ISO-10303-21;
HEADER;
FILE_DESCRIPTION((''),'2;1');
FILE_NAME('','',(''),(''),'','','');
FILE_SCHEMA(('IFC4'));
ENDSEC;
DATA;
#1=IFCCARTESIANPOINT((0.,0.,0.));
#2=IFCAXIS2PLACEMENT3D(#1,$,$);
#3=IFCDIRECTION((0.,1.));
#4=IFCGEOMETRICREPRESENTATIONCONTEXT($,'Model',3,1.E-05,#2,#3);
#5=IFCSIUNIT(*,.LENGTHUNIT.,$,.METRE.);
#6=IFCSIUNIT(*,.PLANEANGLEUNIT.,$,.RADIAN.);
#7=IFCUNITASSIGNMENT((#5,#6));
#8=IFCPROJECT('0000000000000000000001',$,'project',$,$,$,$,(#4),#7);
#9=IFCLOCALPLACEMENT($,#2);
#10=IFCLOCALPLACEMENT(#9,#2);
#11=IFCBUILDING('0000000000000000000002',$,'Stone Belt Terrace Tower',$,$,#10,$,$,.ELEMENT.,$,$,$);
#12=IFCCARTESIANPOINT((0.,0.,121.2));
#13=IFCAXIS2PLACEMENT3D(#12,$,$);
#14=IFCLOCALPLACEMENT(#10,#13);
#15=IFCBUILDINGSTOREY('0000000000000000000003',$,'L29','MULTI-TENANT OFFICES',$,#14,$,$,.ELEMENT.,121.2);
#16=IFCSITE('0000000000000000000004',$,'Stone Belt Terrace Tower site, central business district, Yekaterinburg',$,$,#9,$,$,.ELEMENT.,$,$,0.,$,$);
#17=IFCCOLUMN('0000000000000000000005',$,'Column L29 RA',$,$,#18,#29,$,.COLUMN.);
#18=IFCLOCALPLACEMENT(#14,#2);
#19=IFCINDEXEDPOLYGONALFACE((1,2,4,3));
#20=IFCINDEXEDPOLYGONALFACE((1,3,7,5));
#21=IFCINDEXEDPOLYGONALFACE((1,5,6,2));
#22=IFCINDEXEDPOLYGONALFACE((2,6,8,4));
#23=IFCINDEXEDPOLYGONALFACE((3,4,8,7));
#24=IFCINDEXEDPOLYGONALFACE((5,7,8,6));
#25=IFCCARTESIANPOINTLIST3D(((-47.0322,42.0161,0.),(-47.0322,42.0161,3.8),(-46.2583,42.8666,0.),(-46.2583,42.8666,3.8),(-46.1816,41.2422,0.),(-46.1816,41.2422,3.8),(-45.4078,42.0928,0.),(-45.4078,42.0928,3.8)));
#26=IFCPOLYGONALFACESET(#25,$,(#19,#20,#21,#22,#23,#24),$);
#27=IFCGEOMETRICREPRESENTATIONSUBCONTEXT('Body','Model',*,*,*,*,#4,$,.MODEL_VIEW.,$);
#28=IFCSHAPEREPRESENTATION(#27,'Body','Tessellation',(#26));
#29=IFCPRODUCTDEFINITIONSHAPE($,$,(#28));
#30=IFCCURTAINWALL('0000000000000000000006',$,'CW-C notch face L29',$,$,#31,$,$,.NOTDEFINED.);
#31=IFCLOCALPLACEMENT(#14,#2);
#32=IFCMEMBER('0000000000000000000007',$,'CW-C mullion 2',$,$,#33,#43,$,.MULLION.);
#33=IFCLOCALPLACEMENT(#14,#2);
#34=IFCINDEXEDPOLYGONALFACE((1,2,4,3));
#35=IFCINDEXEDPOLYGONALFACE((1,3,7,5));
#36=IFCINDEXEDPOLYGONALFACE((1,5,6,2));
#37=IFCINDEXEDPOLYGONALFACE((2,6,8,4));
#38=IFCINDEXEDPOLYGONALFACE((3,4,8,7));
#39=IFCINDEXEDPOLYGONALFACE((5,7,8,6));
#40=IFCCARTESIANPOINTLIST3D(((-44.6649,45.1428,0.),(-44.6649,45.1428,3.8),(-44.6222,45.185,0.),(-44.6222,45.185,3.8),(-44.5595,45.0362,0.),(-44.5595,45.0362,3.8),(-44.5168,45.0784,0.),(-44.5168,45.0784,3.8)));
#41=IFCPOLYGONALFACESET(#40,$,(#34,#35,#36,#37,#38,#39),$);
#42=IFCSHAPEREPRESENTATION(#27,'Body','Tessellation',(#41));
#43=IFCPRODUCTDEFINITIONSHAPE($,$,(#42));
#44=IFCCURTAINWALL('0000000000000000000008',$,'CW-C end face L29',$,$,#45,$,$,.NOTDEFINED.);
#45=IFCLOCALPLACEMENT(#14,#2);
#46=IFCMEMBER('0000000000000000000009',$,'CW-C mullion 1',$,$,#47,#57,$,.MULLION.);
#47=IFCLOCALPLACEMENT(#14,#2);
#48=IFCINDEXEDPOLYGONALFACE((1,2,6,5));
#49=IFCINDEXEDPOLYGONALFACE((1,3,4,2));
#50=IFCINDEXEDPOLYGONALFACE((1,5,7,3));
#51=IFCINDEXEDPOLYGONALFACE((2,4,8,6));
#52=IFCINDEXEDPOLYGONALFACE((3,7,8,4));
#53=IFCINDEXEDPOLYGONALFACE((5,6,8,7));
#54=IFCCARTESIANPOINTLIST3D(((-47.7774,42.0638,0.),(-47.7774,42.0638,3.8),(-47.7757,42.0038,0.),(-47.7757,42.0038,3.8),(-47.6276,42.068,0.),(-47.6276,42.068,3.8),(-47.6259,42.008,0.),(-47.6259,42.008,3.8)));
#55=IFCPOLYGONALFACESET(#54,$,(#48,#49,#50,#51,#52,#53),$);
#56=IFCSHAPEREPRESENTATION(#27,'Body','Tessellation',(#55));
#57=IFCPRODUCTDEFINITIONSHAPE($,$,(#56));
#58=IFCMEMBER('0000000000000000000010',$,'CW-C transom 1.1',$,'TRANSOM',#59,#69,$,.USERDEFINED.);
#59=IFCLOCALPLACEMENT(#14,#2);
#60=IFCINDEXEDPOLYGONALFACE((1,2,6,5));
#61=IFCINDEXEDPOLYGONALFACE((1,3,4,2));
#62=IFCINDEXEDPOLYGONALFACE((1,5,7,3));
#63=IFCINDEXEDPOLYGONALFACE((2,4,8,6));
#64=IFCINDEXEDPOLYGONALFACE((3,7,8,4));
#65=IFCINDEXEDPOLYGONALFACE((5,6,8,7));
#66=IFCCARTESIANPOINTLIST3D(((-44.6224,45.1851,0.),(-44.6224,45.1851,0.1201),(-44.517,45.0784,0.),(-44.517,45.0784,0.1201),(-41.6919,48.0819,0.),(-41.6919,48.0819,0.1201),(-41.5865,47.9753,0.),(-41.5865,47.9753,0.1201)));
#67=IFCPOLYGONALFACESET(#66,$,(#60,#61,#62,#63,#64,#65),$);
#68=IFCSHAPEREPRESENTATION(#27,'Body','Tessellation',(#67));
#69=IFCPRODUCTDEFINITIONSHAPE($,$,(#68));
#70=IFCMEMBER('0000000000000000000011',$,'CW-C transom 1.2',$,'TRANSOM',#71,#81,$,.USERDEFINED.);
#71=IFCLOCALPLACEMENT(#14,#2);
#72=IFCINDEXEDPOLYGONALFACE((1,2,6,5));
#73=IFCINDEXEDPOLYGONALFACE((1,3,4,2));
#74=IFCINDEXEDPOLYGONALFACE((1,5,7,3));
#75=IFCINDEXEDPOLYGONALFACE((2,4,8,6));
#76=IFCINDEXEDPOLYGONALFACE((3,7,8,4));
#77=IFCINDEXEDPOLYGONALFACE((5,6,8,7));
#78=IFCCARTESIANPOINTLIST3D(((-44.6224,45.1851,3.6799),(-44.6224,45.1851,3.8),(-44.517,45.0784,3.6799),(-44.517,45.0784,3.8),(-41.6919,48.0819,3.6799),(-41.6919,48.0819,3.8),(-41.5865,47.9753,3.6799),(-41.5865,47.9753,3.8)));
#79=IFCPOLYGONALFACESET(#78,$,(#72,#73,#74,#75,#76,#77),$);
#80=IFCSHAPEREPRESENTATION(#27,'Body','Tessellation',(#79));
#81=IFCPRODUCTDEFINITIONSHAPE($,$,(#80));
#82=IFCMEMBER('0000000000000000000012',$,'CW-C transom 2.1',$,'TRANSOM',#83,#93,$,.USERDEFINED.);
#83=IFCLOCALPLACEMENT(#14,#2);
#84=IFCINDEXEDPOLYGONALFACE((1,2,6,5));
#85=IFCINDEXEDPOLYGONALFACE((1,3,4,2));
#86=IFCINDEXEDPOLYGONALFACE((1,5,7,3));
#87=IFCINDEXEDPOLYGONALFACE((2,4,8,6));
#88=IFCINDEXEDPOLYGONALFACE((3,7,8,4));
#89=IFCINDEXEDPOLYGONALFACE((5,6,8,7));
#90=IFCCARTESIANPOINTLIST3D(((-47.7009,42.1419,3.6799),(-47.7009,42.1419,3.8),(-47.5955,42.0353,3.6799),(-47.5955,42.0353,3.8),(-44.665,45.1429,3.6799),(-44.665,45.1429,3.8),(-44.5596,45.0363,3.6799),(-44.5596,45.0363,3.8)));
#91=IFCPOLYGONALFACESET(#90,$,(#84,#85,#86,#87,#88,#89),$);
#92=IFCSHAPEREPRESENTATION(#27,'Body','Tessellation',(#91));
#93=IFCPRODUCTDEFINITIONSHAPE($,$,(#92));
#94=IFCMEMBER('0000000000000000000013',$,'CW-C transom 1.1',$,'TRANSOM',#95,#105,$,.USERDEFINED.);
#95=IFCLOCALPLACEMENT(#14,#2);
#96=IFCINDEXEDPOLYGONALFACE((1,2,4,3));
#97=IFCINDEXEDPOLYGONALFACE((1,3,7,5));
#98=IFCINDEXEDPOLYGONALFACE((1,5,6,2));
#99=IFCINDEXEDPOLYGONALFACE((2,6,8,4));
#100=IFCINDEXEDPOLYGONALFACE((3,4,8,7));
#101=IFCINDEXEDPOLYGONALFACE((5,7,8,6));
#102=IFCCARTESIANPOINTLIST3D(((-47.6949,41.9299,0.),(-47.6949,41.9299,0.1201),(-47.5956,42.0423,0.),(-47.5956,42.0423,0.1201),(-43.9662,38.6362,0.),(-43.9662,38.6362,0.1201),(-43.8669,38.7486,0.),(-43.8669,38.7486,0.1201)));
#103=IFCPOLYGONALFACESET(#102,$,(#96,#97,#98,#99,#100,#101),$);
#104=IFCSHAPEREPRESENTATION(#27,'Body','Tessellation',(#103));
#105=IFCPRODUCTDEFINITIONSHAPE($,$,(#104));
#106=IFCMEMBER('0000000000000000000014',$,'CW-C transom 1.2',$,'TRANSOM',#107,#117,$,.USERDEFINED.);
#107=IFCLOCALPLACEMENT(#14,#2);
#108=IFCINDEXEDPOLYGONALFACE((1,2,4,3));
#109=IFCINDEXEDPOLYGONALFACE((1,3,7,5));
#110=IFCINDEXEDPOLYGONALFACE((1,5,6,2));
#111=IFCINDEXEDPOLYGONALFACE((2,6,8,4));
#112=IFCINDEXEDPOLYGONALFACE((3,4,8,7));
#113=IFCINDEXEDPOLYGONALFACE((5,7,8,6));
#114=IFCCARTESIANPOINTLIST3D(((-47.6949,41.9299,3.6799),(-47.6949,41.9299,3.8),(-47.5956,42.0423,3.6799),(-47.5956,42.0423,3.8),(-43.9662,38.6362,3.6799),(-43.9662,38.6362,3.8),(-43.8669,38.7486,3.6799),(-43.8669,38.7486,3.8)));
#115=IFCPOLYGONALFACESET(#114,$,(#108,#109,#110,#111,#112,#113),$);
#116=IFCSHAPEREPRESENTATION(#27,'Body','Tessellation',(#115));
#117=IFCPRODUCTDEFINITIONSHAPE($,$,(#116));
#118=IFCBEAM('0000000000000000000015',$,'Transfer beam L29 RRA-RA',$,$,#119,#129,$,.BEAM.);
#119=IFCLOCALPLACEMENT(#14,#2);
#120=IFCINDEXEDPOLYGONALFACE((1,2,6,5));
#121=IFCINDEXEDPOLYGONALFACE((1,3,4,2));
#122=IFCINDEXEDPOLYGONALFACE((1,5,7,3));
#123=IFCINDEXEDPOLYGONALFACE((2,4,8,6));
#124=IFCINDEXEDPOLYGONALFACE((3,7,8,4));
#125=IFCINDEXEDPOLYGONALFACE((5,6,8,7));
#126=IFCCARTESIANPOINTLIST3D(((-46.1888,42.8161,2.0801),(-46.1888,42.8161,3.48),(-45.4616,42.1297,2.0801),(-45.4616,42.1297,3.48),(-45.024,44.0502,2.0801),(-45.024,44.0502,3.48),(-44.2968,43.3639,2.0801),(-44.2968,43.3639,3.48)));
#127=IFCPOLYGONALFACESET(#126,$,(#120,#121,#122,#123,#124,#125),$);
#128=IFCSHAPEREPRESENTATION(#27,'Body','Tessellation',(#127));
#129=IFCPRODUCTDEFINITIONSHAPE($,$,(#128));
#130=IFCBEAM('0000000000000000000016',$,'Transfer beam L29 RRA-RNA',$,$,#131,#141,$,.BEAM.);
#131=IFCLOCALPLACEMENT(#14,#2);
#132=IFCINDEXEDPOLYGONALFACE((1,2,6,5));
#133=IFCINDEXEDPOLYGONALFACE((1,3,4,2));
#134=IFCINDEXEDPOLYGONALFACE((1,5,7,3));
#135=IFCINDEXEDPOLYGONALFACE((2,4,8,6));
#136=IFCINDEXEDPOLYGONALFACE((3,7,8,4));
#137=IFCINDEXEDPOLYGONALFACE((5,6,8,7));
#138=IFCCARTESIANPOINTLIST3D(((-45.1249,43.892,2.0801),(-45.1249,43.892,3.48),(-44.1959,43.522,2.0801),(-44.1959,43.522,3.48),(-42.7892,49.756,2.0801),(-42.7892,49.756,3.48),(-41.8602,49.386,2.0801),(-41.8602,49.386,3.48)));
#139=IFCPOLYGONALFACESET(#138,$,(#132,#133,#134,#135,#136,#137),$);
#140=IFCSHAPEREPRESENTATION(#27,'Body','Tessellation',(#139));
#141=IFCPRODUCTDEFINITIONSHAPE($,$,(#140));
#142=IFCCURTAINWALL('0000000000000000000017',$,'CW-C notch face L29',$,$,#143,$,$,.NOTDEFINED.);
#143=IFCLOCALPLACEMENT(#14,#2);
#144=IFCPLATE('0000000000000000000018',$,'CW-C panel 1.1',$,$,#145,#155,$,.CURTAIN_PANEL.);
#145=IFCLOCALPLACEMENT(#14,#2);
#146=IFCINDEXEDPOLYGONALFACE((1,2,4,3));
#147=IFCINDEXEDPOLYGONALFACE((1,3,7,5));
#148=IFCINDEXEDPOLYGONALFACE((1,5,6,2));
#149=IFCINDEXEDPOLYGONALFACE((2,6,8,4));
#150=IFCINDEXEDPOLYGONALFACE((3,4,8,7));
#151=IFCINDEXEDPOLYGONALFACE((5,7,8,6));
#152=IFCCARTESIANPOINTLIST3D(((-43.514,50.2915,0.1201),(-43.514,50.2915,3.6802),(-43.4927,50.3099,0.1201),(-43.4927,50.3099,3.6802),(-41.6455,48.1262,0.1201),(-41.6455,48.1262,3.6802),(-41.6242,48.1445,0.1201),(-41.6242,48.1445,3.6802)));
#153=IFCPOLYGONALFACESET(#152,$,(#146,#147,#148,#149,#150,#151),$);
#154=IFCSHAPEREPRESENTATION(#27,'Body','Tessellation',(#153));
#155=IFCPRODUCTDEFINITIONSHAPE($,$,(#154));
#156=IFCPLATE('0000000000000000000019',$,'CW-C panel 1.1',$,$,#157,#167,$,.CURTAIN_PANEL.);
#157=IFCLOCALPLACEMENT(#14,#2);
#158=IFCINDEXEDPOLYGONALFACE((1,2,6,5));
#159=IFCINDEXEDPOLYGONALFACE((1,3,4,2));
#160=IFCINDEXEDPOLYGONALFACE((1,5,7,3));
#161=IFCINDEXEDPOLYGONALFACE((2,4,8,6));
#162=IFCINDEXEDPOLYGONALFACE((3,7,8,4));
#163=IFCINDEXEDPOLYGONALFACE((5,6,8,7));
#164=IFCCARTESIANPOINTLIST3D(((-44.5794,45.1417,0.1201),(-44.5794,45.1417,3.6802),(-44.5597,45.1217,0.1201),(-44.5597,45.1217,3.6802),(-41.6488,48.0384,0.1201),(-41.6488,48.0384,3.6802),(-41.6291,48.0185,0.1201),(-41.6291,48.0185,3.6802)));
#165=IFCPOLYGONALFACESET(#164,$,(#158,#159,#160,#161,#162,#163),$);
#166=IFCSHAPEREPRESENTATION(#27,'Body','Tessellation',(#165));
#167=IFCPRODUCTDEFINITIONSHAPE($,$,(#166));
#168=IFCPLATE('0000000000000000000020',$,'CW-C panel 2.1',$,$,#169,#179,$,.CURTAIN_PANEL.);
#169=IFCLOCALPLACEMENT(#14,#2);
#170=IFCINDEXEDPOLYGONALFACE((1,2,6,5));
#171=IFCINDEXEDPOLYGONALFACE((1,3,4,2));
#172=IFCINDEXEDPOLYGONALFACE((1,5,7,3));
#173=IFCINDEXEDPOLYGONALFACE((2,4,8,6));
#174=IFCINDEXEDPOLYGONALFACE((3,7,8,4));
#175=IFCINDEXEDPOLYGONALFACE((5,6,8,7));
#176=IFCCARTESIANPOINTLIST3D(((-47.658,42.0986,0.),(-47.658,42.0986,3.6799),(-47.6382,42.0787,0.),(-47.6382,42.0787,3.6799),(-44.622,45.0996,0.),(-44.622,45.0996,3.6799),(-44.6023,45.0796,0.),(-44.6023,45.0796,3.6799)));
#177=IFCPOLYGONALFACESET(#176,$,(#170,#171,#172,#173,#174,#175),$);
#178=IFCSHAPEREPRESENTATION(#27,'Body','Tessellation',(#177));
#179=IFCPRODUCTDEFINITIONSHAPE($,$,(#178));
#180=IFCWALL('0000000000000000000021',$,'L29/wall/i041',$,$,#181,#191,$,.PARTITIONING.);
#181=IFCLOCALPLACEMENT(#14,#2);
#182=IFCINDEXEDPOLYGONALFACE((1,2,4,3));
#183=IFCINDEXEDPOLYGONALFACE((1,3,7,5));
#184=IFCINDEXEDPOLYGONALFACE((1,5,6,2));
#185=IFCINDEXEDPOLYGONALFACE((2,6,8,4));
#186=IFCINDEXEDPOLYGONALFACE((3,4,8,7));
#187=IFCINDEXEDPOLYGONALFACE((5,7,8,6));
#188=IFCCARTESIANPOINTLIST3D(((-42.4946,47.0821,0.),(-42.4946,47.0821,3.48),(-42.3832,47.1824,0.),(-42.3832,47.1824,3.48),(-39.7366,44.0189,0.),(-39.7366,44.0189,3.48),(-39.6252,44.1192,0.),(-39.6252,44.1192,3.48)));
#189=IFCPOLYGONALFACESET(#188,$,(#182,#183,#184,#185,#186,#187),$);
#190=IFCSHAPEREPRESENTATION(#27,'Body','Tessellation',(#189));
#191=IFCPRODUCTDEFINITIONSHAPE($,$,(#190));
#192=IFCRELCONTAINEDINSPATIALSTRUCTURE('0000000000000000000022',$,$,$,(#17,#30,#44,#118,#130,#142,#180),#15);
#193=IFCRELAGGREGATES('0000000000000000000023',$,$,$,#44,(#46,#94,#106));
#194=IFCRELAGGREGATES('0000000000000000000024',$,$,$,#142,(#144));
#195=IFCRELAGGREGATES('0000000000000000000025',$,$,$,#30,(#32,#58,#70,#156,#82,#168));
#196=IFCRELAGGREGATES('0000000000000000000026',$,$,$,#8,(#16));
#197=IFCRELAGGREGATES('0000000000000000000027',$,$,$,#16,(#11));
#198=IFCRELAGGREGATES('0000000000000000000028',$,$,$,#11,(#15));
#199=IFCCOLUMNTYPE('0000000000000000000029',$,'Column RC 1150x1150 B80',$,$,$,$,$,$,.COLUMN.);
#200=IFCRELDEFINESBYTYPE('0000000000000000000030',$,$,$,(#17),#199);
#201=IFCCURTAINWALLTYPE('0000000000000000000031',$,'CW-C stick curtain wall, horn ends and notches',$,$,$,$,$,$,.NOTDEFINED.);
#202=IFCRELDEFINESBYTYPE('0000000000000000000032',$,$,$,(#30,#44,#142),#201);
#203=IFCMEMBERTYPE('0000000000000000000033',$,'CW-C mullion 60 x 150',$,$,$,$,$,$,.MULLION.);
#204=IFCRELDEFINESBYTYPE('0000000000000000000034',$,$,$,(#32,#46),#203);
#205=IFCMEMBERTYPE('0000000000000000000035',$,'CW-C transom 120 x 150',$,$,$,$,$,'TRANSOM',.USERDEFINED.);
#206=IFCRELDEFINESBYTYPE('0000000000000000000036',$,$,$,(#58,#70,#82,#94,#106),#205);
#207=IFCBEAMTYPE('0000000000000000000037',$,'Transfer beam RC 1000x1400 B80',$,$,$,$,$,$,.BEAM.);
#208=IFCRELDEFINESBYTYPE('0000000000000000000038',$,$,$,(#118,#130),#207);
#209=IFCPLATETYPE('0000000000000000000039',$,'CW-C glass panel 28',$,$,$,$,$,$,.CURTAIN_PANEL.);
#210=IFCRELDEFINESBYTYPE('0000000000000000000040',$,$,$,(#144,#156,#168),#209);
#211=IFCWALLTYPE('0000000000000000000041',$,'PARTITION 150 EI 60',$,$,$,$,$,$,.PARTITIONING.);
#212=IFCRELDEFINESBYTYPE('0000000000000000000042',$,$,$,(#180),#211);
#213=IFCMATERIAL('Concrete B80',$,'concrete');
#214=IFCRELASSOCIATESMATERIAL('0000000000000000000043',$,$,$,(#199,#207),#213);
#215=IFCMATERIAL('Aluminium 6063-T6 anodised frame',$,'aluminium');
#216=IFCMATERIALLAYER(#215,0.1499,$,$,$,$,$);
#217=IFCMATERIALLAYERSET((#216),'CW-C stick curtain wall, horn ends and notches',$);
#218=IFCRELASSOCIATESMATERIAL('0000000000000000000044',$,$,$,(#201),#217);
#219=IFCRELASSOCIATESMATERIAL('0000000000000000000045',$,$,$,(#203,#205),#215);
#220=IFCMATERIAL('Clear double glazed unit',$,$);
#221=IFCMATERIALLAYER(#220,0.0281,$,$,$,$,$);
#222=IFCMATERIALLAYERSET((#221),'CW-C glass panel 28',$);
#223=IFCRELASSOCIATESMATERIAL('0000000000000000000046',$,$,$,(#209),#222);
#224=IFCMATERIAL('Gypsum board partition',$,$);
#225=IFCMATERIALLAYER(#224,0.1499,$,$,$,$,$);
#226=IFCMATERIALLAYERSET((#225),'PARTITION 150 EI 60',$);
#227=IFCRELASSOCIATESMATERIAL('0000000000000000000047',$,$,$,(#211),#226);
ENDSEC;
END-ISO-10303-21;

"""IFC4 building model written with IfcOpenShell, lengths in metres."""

from ifc_helpers import new_model, si_unit, direction, frame, frame_2d, origin, origin_2d, place, context, subcontext, project, spatial, rectangle, extrude, material, layer, layer_set, material_profile, profile_set, type_object, element, aggregate, save


model = new_model("IFC4")

# Units and contexts
model_context = context("Model", 3, precision=1e-05, world=origin(), true_north=direction((0.0, 1.0)))
body_context = subcontext(model_context, "Body", "Model", "MODEL_VIEW")
ifc_project = project(units=[si_unit("LENGTHUNIT", "METRE"), si_unit("PLANEANGLEUNIT", "RADIAN")], contexts=[model_context])

# Site, building, storey
site_placement = place(None, origin())
site = spatial("IfcSite", under=ifc_project, at=site_placement, Name="Stone Belt Terrace Tower site, central business district, Yekaterinburg", CompositionType="ELEMENT", RefElevation=0.0)
building_placement = place(site_placement, origin())
building = spatial("IfcBuilding", under=site, at=building_placement, Name="Stone Belt Terrace Tower", CompositionType="ELEMENT")
storey_placement = place(building_placement, frame((0.0, 0.0, 121.2)))
storey = spatial("IfcBuildingStorey", under=building, at=storey_placement, Name="L29", Description="MULTI-TENANT OFFICES", CompositionType="ELEMENT", Elevation=121.2)

# Column
ifc_material_1 = material(Name="Concrete B80", Category="concrete")
ifc_material_profile_1 = material_profile(ifc_material_1, rectangle(XDim=1.1499, YDim=1.1499, at=origin_2d()), Name="RC 1150x1150")
ifc_profile_set_1 = profile_set([ifc_material_profile_1], Name="Concrete B80")
column_type = type_object("IfcColumnType", Name="Column RC 1150x1150 B80", PredefinedType="COLUMN", material=ifc_profile_set_1)
column_placement = place(storey_placement, frame((-46.22, 42.0544, 0.0), z_axis=(0.0, 0.0, 1.0), x_axis=(0.672992, 0.73965, 0.0)))
element("IfcColumn", 1, at=column_placement, inside=storey, type_object=column_type, Name="Column L29 RA", PredefinedType="COLUMN", context=body_context, shape_type="SweptSolid", body=[
    extrude(rectangle(XDim=1.1499, YDim=1.1499, at=origin_2d()), origin(), (0.0, 0.0, 1.0), 3.8),
])

# Curtain walls, members
ifc_material_2 = material(Name="Aluminium 6063-T6 anodised frame", Category="aluminium")
ifc_layer_1 = layer(ifc_material_2, 0.1499)
ifc_layer_set_1 = layer_set([ifc_layer_1], Name="CW-C stick curtain wall, horn ends and notches")
curtain_wall_type = type_object("IfcCurtainWallType", Name="CW-C stick curtain wall, horn ends and notches", PredefinedType="NOTDEFINED", material=ifc_layer_set_1)
curtain_wall_1_placement = place(storey_placement, origin())
curtain_wall_1 = element("IfcCurtainWall", 2, at=curtain_wall_1_placement, inside=storey, type_object=curtain_wall_type, Name="CW-C notch face L29", PredefinedType="NOTDEFINED")
ifc_material_profile_2 = material_profile(ifc_material_2, rectangle(XDim=0.1499, YDim=0.0601, at=origin_2d()), Name="Aluminium 6063-T6 60x150")
ifc_profile_set_2 = profile_set([ifc_material_profile_2], Name="Aluminium 6063-T6 anodised frame")
member_type_1 = type_object("IfcMemberType", Name="CW-C mullion 60 x 150", PredefinedType="MULLION", material=ifc_profile_set_2)
member_1_placement = place(storey_placement, frame((-44.5908, 45.1106, 0.0), z_axis=(0.0, 0.0, 1.0), x_axis=(0.702998, -0.711192, 0.0)))
member_1 = element("IfcMember", 3, at=member_1_placement, type_object=member_type_1, Name="CW-C mullion 2", PredefinedType="MULLION", context=body_context, shape_type="SweptSolid", body=[
    extrude(rectangle(XDim=0.1499, YDim=0.0601, at=origin_2d()), origin(), (0.0, 0.0, 1.0), 3.8),
])
curtain_wall_2_placement = place(storey_placement, origin())
curtain_wall_2 = element("IfcCurtainWall", 4, at=curtain_wall_2_placement, inside=storey, type_object=curtain_wall_type, Name="CW-C end face L29", PredefinedType="NOTDEFINED")
member_2_placement = place(storey_placement, frame((-47.7017, 42.0359, 0.0), z_axis=(0.0, 0.0, 1.0), x_axis=(0.999607, 0.028036, 0.0)))
member_2 = element("IfcMember", 5, at=member_2_placement, type_object=member_type_1, Name="CW-C mullion 1", PredefinedType="MULLION", context=body_context, shape_type="SweptSolid", body=[
    extrude(rectangle(XDim=0.1499, YDim=0.0601, at=origin_2d()), origin(), (0.0, 0.0, 1.0), 3.8),
])

# Members
ifc_material_profile_3 = material_profile(ifc_material_2, rectangle(XDim=0.1499, YDim=0.1201, at=origin_2d()), Name="Aluminium 6063-T6 150x120")
ifc_profile_set_3 = profile_set([ifc_material_profile_3], Name="Aluminium 6063-T6 anodised frame")
member_type_2 = type_object("IfcMemberType", Name="CW-C transom 120 x 150", ElementType="TRANSOM", PredefinedType="USERDEFINED", material=ifc_profile_set_3)
member_3_placement = place(storey_placement, frame((-41.6392, 48.0286, 0.0601), z_axis=(-0.711183, -0.703007, 0.0), x_axis=(0.703007, -0.711183, 0.0)))
member_3 = element("IfcMember", 6, at=member_3_placement, type_object=member_type_2, Name="CW-C transom 1.1", ObjectType="TRANSOM", PredefinedType="USERDEFINED", context=body_context, shape_type="SweptSolid", body=[
    extrude(rectangle(XDim=0.1499, YDim=0.1201, at=origin_2d()), origin(), (0.0, 0.0, 1.0), 4.1206),
])
member_4_placement = place(storey_placement, frame((-41.6392, 48.0286, 3.74), z_axis=(-0.711183, -0.703007, 0.0), x_axis=(0.703007, -0.711183, 0.0)))
member_4 = element("IfcMember", 7, at=member_4_placement, type_object=member_type_2, Name="CW-C transom 1.2", ObjectType="TRANSOM", PredefinedType="USERDEFINED", context=body_context, shape_type="SweptSolid", body=[
    extrude(rectangle(XDim=0.1499, YDim=0.1201, at=origin_2d()), origin(), (0.0, 0.0, 1.0), 4.1206),
])
member_5_placement = place(storey_placement, frame((-44.6123, 45.0896, 3.74), z_axis=(-0.711184, -0.703006, 0.0), x_axis=(0.703006, -0.711184, 0.0)))
member_5 = element("IfcMember", 8, at=member_5_placement, type_object=member_type_2, Name="CW-C transom 2.1", ObjectType="TRANSOM", PredefinedType="USERDEFINED", context=body_context, shape_type="SweptSolid", body=[
    extrude(rectangle(XDim=0.1499, YDim=0.1201, at=origin_2d()), origin(), (0.0, 0.0, 1.0), 4.2688),
])
member_6_placement = place(storey_placement, frame((-47.6453, 41.9861, 0.0601), z_axis=(0.749477, -0.662031, 0.0), x_axis=(0.662031, 0.749477, 0.0)))
member_6 = element("IfcMember", 9, at=member_6_placement, type_object=member_type_2, Name="CW-C transom 1.1", ObjectType="TRANSOM", PredefinedType="USERDEFINED", context=body_context, shape_type="SweptSolid", body=[
    extrude(rectangle(XDim=0.1499, YDim=0.1201, at=origin_2d()), origin(), (0.0, 0.0, 1.0), 4.9751),
])
member_7_placement = place(storey_placement, frame((-47.6453, 41.9861, 3.74), z_axis=(0.749477, -0.662031, 0.0), x_axis=(0.662031, 0.749477, 0.0)))
member_7 = element("IfcMember", 10, at=member_7_placement, type_object=member_type_2, Name="CW-C transom 1.2", ObjectType="TRANSOM", PredefinedType="USERDEFINED", context=body_context, shape_type="SweptSolid", body=[
    extrude(rectangle(XDim=0.1499, YDim=0.1201, at=origin_2d()), origin(), (0.0, 0.0, 1.0), 4.9751),
])
aggregate(curtain_wall_2, [member_2, member_6, member_7])

# Beams
ifc_material_profile_4 = material_profile(ifc_material_1, rectangle(XDim=1.0, YDim=1.3999, at=origin_2d()), Name="RC 1000x1400")
ifc_profile_set_4 = profile_set([ifc_material_profile_4], Name="Concrete B80")
beam_type = type_object("IfcBeamType", Name="Transfer beam RC 1000x1400 B80", PredefinedType="BEAM", material=ifc_profile_set_4)
beam_1_placement = place(storey_placement, frame((-45.8252, 42.4729, 2.78), z_axis=(0.686383, 0.727241, 0.0), x_axis=(-0.727241, 0.686383, 0.0)))
element("IfcBeam", 11, at=beam_1_placement, inside=storey, type_object=beam_type, Name="Transfer beam L29 RRA-RA", PredefinedType="BEAM", context=body_context, shape_type="SweptSolid", body=[
    extrude(rectangle(XDim=1.0, YDim=1.3999, at=origin_2d()), origin(), (0.0, 0.0, 1.0), 1.697),
])
beam_2_placement = place(storey_placement, frame((-44.6604, 43.707, 2.78), z_axis=(0.370037, 0.929017, 0.0), x_axis=(-0.929017, 0.370037, 0.0)))
element("IfcBeam", 12, at=beam_2_placement, inside=storey, type_object=beam_type, Name="Transfer beam L29 RRA-RNA", PredefinedType="BEAM", context=body_context, shape_type="SweptSolid", body=[
    extrude(rectangle(XDim=1.0, YDim=1.3999, at=origin_2d()), origin(), (0.0, 0.0, 1.0), 6.312),
])

# Curtain wall, plate
curtain_wall_3_placement = place(storey_placement, origin())
curtain_wall_3 = element("IfcCurtainWall", 13, at=curtain_wall_3_placement, inside=storey, type_object=curtain_wall_type, Name="CW-C notch face L29", PredefinedType="NOTDEFINED")
ifc_material_3 = material(Name="Clear double glazed unit")
ifc_layer_2 = layer(ifc_material_3, 0.0281)
ifc_layer_set_2 = layer_set([ifc_layer_2], Name="CW-C glass panel 28")
plate_type = type_object("IfcPlateType", Name="CW-C glass panel 28", PredefinedType="CURTAIN_PANEL", material=ifc_layer_set_2)
plate_1_placement = place(storey_placement, frame((-42.5691, 49.218, 0.1201), z_axis=(0.0, 0.0, 1.0), x_axis=(0.6533, -0.7571, 0.0)))
plate_1 = element("IfcPlate", 14, at=plate_1_placement, type_object=plate_type, Name="CW-C panel 1.1", PredefinedType="CURTAIN_PANEL", context=body_context, shape_type="SweptSolid", body=[
    extrude(rectangle(XDim=2.8601, YDim=0.0281, at=origin_2d()), origin(), (0.0, 0.0, 1.0), 3.5601),
])
aggregate(curtain_wall_3, [plate_1])

# Plates
plate_2_placement = place(storey_placement, frame((-43.1042, 46.5801, 0.1201), z_axis=(0.0, 0.0, 1.0), x_axis=(-0.711192, -0.702998, 0.0)))
plate_2 = element("IfcPlate", 15, at=plate_2_placement, type_object=plate_type, Name="CW-C panel 1.1", PredefinedType="CURTAIN_PANEL", context=body_context, shape_type="SweptSolid", body=[
    extrude(rectangle(XDim=4.1206, YDim=0.0281, at=origin_2d()), origin(), (0.0, 0.0, 1.0), 3.5601),
])
plate_3_placement = place(storey_placement, frame((-46.1301, 43.5891, 0.0), z_axis=(0.0, 0.0, 1.0), x_axis=(-0.711192, -0.702998, 0.0)))
plate_3 = element("IfcPlate", 16, at=plate_3_placement, type_object=plate_type, Name="CW-C panel 2.1", PredefinedType="CURTAIN_PANEL", context=body_context, shape_type="SweptSolid", body=[
    extrude(rectangle(XDim=4.2688, YDim=0.0281, at=origin_2d()), origin(), (0.0, 0.0, 1.0), 3.6799),
])
aggregate(curtain_wall_1, [member_1, member_3, member_4, plate_2, member_5, plate_3])

# Wall
ifc_material_4 = material(Name="Gypsum board partition")
ifc_layer_3 = layer(ifc_material_4, 0.1499)
ifc_layer_set_3 = layer_set([ifc_layer_3], Name="PARTITION 150 EI 60")
wall_type = type_object("IfcWallType", Name="PARTITION 150 EI 60", PredefinedType="PARTITIONING", material=ifc_layer_set_3)
wall_placement = place(storey_placement, frame((-42.439, 47.1323, 0.0), z_axis=(0.0, 0.0, 1.0), x_axis=(0.669119, -0.743156, 0.0)))
element("IfcWall", 17, at=wall_placement, inside=storey, type_object=wall_type, Name="L29/wall/i041", PredefinedType="PARTITIONING", context=body_context, shape_type="SweptSolid", body=[
    extrude(rectangle(XDim=4.1218, YDim=0.1499, at=frame_2d((2.061, 0.0))), origin(), (0.0, 0.0, 1.0), 3.48),
])

save(model, "model.ifc")
